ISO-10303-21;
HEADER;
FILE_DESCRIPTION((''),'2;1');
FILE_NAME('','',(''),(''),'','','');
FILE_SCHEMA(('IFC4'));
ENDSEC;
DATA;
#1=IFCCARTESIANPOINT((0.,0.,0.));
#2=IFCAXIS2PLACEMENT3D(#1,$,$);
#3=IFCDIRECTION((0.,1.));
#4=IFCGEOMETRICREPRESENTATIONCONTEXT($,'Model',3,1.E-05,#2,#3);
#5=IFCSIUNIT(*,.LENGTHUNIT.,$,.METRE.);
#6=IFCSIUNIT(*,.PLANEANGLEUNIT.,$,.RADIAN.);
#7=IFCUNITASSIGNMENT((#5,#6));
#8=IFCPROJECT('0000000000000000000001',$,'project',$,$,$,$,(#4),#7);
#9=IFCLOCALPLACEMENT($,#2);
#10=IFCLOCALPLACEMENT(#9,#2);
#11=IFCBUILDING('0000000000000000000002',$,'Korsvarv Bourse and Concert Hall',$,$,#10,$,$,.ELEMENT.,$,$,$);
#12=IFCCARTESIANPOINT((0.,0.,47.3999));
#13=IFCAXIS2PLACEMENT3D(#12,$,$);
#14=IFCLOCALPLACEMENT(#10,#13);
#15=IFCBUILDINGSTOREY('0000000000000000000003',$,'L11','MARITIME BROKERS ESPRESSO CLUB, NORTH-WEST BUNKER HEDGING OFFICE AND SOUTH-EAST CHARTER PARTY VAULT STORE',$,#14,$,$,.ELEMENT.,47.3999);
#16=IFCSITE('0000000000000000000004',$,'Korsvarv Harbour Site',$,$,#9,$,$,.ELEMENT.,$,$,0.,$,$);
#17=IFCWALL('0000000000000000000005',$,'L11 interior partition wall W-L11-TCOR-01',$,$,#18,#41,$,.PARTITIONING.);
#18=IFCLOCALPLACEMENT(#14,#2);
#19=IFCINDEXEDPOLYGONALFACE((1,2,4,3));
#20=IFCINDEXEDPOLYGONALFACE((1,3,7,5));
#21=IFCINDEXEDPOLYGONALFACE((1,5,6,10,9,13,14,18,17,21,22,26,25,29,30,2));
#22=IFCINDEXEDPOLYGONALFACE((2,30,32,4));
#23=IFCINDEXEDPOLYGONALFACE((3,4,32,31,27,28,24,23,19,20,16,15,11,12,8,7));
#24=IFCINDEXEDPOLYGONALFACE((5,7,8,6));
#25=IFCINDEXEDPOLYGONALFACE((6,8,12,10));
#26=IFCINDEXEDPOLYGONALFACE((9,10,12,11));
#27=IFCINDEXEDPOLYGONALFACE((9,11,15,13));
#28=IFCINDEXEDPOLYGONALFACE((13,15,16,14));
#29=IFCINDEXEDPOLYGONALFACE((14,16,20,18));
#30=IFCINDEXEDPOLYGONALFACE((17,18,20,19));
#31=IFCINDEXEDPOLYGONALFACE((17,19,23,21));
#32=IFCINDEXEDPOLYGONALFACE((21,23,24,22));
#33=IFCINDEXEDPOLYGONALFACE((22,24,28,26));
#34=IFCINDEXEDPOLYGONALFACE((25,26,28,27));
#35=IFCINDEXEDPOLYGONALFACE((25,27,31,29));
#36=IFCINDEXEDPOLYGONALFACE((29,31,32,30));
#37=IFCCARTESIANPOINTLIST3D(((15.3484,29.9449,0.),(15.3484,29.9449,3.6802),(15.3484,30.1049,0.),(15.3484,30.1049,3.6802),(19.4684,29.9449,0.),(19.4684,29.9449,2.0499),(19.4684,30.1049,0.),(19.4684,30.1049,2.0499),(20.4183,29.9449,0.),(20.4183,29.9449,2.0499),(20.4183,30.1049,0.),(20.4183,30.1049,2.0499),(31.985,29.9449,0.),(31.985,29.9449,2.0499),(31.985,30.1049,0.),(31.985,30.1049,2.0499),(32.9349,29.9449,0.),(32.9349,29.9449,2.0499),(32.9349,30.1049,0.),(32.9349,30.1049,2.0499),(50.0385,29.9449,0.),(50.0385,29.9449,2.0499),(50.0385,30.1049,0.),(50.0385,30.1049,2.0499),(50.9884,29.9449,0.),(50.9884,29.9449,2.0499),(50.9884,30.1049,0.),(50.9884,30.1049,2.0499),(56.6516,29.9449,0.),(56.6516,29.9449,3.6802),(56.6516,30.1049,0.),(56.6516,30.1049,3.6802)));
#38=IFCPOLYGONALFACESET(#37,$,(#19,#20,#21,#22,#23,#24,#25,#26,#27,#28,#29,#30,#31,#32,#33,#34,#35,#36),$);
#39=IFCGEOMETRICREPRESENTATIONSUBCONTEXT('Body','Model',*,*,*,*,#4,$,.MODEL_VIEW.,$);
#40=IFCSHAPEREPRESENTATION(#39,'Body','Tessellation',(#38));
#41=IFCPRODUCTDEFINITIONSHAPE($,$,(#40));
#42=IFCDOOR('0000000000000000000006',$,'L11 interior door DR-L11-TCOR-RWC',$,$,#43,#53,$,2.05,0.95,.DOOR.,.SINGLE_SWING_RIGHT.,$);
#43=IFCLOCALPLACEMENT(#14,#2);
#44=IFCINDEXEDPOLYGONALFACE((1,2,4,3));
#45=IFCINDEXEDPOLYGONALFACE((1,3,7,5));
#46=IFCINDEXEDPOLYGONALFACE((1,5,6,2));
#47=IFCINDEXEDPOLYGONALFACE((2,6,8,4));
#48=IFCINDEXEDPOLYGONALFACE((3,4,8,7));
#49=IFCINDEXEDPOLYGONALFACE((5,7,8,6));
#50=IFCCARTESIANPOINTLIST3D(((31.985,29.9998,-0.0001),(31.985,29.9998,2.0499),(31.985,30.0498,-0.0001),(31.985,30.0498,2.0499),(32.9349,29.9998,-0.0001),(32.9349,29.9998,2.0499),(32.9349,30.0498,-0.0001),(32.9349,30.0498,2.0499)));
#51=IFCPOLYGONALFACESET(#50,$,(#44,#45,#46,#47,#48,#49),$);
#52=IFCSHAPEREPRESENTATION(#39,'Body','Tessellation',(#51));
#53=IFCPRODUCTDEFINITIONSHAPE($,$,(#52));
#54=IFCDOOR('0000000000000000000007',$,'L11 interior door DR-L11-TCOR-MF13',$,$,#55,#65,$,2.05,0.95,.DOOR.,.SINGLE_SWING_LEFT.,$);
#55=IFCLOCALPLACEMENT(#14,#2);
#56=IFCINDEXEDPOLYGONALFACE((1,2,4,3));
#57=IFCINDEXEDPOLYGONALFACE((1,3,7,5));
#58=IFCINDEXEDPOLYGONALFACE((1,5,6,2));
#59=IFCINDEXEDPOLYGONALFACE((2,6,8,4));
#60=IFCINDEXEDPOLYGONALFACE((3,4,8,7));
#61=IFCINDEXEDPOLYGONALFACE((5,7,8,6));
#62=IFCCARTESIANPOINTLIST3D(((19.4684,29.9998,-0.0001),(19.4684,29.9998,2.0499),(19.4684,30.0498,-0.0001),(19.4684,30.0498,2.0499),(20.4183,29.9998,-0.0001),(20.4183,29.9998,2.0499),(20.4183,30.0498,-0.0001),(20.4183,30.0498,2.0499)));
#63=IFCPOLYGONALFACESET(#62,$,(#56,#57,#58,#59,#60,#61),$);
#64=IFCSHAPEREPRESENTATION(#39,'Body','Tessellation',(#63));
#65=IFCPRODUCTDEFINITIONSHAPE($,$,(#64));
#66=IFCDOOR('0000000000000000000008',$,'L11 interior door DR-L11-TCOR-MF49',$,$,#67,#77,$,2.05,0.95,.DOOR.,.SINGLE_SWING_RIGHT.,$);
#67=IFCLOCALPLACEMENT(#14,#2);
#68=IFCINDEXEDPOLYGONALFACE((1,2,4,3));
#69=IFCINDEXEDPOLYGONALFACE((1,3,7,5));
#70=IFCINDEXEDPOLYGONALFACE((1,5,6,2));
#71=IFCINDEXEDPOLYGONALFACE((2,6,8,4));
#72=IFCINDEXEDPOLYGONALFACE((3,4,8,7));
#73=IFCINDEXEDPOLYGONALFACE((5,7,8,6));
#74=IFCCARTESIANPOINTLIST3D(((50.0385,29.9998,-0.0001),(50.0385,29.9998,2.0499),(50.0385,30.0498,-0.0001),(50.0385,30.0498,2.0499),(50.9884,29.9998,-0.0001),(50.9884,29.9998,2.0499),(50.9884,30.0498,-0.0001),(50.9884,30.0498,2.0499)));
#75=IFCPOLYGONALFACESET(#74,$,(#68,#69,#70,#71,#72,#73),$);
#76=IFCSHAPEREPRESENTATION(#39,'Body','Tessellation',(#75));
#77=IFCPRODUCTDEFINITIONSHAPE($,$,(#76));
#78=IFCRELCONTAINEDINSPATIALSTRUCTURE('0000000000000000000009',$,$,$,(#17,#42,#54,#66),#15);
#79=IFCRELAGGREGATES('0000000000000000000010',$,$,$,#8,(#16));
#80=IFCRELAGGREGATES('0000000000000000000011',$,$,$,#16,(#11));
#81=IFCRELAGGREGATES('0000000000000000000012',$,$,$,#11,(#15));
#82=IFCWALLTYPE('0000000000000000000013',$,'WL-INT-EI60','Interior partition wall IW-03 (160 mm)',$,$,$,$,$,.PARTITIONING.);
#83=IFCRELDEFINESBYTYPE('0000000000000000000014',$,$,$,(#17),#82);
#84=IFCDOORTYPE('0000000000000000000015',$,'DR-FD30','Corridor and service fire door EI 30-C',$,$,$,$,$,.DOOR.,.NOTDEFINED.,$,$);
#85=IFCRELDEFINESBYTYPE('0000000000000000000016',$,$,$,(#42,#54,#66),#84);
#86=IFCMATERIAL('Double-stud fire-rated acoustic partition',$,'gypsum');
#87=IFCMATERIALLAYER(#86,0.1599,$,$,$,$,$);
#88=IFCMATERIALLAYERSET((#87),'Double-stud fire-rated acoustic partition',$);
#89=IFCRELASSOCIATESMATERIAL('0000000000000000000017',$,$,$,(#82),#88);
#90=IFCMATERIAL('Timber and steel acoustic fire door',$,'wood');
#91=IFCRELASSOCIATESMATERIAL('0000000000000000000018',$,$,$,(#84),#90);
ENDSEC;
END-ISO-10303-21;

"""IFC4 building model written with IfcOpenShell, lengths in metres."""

from ifc_helpers import new_model, si_unit, direction, frame, frame_2d, origin, place, context, subcontext, project, spatial, rectangle, extrude, material, layer, layer_set, type_object, element, fill, save


model = new_model("IFC4")

# Units and contexts
model_context = context("Model", 3, precision=1e-05, world=origin(), true_north=direction((0.0, 1.0)))
body_context = subcontext(model_context, "Body", "Model", "MODEL_VIEW")
ifc_project = project(units=[si_unit("LENGTHUNIT", "METRE"), si_unit("PLANEANGLEUNIT", "RADIAN")], contexts=[model_context])

# Site, building, storey
site_placement = place(None, origin())
site = spatial("IfcSite", under=ifc_project, at=site_placement, Name="Korsvarv Harbour Site", CompositionType="ELEMENT", RefElevation=0.0)
building_placement = place(site_placement, origin())
building = spatial("IfcBuilding", under=site, at=building_placement, Name="Korsvarv Bourse and Concert Hall", CompositionType="ELEMENT")
storey_placement = place(building_placement, frame((0.0, 0.0, 47.3999)))
storey = spatial("IfcBuildingStorey", under=building, at=storey_placement, Name="L11", Description="MARITIME BROKERS ESPRESSO CLUB, NORTH-WEST BUNKER HEDGING OFFICE AND SOUTH-EAST CHARTER PARTY VAULT STORE", CompositionType="ELEMENT", Elevation=47.3999)

# Wall, openings, doors
ifc_material_1 = material(Name="Double-stud fire-rated acoustic partition", Category="gypsum")
ifc_layer_1 = layer(ifc_material_1, 0.1599)
ifc_layer_set_1 = layer_set([ifc_layer_1], Name="Double-stud fire-rated acoustic partition")
wall_type = type_object("IfcWallType", Name="WL-INT-EI60", Description="Interior partition wall IW-03 (160 mm)", PredefinedType="PARTITIONING", material=ifc_layer_set_1)
wall_placement = place(storey_placement, frame((15.3484, 30.0249, 0.0), z_axis=(0.0, 0.0, 1.0), x_axis=(1.0, 0.0, 0.0)))
wall = element("IfcWall", 1, at=wall_placement, inside=storey, type_object=wall_type, Name="L11 interior partition wall W-L11-TCOR-01", PredefinedType="PARTITIONING", context=body_context, shape_type="SweptSolid", body=[
    extrude(rectangle(XDim=41.3032, YDim=0.1599, at=frame_2d((20.6516, 0.0))), origin(), (0.0, 0.0, 1.0), 3.6802),
])
opening_1_placement = place(wall_placement, frame((16.6365, 0.0, 0.0)))
opening_1 = element("IfcOpeningElement", 2, at=opening_1_placement, cuts=wall, PredefinedType="OPENING", context=body_context, shape_type="SweptSolid", body=[
    extrude(rectangle(XDim=0.95, YDim=2.05, at=frame_2d((0.4751, 1.0249))), frame((0.0, 0.0898, 0.0), z_axis=(0.0, -1.0, 0.0), x_axis=(1.0, 0.0, 0.0)), (0.0, 0.0, 1.0), 0.1799),
])
opening_2_placement = place(wall_placement, frame((4.1199, 0.0, 0.0)))
opening_2 = element("IfcOpeningElement", 3, at=opening_2_placement, cuts=wall, PredefinedType="OPENING", context=body_context, shape_type="SweptSolid", body=[
    extrude(rectangle(XDim=0.95, YDim=2.05, at=frame_2d((0.4751, 1.0249))), frame((0.0, 0.0898, 0.0), z_axis=(0.0, -1.0, 0.0), x_axis=(1.0, 0.0, 0.0)), (0.0, 0.0, 1.0), 0.1799),
])
opening_3_placement = place(wall_placement, frame((34.6899, 0.0, 0.0)))
opening_3 = element("IfcOpeningElement", 4, at=opening_3_placement, cuts=wall, PredefinedType="OPENING", context=body_context, shape_type="SweptSolid", body=[
    extrude(rectangle(XDim=0.95, YDim=2.05, at=frame_2d((0.4751, 1.0249))), frame((0.0, 0.0898, 0.0), z_axis=(0.0, -1.0, 0.0), x_axis=(1.0, 0.0, 0.0)), (0.0, 0.0, 1.0), 0.1799),
])
ifc_material_2 = material(Name="Timber and steel acoustic fire door", Category="wood")
door_type = type_object("IfcDoorType", Name="DR-FD30", Description="Corridor and service fire door EI 30-C", OperationType="NOTDEFINED", PredefinedType="DOOR", material=ifc_material_2)
door_1_placement = place(opening_1_placement, origin())
door_1 = element("IfcDoor", 5, at=door_1_placement, inside=storey, type_object=door_type, Name="L11 interior door DR-L11-TCOR-RWC", OperationType="SINGLE_SWING_RIGHT", OverallHeight=2.05, OverallWidth=0.95, PredefinedType="DOOR", context=body_context, shape_type="SweptSolid", body=[
    extrude(rectangle(XDim=0.95, YDim=2.05, at=frame_2d((0.4751, 1.0249))), frame((0.0, 0.0249, 0.0), z_axis=(0.0, -1.0, 0.0), x_axis=(1.0, 0.0, 0.0)), (0.0, 0.0, 1.0), 0.05),
])
fill(opening_1, door_1)
door_2_placement = place(opening_2_placement, origin())
door_2 = element("IfcDoor", 6, at=door_2_placement, inside=storey, type_object=door_type, Name="L11 interior door DR-L11-TCOR-MF13", OperationType="SINGLE_SWING_LEFT", OverallHeight=2.05, OverallWidth=0.95, PredefinedType="DOOR", context=body_context, shape_type="SweptSolid", body=[
    extrude(rectangle(XDim=0.95, YDim=2.05, at=frame_2d((0.4751, 1.0249))), frame((0.0, 0.0249, 0.0), z_axis=(0.0, -1.0, 0.0), x_axis=(1.0, 0.0, 0.0)), (0.0, 0.0, 1.0), 0.05),
])
fill(opening_2, door_2)
door_3_placement = place(opening_3_placement, origin())
door_3 = element("IfcDoor", 7, at=door_3_placement, inside=storey, type_object=door_type, Name="L11 interior door DR-L11-TCOR-MF49", OperationType="SINGLE_SWING_RIGHT", OverallHeight=2.05, OverallWidth=0.95, PredefinedType="DOOR", context=body_context, shape_type="SweptSolid", body=[
    extrude(rectangle(XDim=0.95, YDim=2.05, at=frame_2d((0.4751, 1.0249))), frame((0.0, 0.0249, 0.0), z_axis=(0.0, -1.0, 0.0), x_axis=(1.0, 0.0, 0.0)), (0.0, 0.0, 1.0), 0.05),
])
fill(opening_3, door_3)

save(model, "model.ifc")
